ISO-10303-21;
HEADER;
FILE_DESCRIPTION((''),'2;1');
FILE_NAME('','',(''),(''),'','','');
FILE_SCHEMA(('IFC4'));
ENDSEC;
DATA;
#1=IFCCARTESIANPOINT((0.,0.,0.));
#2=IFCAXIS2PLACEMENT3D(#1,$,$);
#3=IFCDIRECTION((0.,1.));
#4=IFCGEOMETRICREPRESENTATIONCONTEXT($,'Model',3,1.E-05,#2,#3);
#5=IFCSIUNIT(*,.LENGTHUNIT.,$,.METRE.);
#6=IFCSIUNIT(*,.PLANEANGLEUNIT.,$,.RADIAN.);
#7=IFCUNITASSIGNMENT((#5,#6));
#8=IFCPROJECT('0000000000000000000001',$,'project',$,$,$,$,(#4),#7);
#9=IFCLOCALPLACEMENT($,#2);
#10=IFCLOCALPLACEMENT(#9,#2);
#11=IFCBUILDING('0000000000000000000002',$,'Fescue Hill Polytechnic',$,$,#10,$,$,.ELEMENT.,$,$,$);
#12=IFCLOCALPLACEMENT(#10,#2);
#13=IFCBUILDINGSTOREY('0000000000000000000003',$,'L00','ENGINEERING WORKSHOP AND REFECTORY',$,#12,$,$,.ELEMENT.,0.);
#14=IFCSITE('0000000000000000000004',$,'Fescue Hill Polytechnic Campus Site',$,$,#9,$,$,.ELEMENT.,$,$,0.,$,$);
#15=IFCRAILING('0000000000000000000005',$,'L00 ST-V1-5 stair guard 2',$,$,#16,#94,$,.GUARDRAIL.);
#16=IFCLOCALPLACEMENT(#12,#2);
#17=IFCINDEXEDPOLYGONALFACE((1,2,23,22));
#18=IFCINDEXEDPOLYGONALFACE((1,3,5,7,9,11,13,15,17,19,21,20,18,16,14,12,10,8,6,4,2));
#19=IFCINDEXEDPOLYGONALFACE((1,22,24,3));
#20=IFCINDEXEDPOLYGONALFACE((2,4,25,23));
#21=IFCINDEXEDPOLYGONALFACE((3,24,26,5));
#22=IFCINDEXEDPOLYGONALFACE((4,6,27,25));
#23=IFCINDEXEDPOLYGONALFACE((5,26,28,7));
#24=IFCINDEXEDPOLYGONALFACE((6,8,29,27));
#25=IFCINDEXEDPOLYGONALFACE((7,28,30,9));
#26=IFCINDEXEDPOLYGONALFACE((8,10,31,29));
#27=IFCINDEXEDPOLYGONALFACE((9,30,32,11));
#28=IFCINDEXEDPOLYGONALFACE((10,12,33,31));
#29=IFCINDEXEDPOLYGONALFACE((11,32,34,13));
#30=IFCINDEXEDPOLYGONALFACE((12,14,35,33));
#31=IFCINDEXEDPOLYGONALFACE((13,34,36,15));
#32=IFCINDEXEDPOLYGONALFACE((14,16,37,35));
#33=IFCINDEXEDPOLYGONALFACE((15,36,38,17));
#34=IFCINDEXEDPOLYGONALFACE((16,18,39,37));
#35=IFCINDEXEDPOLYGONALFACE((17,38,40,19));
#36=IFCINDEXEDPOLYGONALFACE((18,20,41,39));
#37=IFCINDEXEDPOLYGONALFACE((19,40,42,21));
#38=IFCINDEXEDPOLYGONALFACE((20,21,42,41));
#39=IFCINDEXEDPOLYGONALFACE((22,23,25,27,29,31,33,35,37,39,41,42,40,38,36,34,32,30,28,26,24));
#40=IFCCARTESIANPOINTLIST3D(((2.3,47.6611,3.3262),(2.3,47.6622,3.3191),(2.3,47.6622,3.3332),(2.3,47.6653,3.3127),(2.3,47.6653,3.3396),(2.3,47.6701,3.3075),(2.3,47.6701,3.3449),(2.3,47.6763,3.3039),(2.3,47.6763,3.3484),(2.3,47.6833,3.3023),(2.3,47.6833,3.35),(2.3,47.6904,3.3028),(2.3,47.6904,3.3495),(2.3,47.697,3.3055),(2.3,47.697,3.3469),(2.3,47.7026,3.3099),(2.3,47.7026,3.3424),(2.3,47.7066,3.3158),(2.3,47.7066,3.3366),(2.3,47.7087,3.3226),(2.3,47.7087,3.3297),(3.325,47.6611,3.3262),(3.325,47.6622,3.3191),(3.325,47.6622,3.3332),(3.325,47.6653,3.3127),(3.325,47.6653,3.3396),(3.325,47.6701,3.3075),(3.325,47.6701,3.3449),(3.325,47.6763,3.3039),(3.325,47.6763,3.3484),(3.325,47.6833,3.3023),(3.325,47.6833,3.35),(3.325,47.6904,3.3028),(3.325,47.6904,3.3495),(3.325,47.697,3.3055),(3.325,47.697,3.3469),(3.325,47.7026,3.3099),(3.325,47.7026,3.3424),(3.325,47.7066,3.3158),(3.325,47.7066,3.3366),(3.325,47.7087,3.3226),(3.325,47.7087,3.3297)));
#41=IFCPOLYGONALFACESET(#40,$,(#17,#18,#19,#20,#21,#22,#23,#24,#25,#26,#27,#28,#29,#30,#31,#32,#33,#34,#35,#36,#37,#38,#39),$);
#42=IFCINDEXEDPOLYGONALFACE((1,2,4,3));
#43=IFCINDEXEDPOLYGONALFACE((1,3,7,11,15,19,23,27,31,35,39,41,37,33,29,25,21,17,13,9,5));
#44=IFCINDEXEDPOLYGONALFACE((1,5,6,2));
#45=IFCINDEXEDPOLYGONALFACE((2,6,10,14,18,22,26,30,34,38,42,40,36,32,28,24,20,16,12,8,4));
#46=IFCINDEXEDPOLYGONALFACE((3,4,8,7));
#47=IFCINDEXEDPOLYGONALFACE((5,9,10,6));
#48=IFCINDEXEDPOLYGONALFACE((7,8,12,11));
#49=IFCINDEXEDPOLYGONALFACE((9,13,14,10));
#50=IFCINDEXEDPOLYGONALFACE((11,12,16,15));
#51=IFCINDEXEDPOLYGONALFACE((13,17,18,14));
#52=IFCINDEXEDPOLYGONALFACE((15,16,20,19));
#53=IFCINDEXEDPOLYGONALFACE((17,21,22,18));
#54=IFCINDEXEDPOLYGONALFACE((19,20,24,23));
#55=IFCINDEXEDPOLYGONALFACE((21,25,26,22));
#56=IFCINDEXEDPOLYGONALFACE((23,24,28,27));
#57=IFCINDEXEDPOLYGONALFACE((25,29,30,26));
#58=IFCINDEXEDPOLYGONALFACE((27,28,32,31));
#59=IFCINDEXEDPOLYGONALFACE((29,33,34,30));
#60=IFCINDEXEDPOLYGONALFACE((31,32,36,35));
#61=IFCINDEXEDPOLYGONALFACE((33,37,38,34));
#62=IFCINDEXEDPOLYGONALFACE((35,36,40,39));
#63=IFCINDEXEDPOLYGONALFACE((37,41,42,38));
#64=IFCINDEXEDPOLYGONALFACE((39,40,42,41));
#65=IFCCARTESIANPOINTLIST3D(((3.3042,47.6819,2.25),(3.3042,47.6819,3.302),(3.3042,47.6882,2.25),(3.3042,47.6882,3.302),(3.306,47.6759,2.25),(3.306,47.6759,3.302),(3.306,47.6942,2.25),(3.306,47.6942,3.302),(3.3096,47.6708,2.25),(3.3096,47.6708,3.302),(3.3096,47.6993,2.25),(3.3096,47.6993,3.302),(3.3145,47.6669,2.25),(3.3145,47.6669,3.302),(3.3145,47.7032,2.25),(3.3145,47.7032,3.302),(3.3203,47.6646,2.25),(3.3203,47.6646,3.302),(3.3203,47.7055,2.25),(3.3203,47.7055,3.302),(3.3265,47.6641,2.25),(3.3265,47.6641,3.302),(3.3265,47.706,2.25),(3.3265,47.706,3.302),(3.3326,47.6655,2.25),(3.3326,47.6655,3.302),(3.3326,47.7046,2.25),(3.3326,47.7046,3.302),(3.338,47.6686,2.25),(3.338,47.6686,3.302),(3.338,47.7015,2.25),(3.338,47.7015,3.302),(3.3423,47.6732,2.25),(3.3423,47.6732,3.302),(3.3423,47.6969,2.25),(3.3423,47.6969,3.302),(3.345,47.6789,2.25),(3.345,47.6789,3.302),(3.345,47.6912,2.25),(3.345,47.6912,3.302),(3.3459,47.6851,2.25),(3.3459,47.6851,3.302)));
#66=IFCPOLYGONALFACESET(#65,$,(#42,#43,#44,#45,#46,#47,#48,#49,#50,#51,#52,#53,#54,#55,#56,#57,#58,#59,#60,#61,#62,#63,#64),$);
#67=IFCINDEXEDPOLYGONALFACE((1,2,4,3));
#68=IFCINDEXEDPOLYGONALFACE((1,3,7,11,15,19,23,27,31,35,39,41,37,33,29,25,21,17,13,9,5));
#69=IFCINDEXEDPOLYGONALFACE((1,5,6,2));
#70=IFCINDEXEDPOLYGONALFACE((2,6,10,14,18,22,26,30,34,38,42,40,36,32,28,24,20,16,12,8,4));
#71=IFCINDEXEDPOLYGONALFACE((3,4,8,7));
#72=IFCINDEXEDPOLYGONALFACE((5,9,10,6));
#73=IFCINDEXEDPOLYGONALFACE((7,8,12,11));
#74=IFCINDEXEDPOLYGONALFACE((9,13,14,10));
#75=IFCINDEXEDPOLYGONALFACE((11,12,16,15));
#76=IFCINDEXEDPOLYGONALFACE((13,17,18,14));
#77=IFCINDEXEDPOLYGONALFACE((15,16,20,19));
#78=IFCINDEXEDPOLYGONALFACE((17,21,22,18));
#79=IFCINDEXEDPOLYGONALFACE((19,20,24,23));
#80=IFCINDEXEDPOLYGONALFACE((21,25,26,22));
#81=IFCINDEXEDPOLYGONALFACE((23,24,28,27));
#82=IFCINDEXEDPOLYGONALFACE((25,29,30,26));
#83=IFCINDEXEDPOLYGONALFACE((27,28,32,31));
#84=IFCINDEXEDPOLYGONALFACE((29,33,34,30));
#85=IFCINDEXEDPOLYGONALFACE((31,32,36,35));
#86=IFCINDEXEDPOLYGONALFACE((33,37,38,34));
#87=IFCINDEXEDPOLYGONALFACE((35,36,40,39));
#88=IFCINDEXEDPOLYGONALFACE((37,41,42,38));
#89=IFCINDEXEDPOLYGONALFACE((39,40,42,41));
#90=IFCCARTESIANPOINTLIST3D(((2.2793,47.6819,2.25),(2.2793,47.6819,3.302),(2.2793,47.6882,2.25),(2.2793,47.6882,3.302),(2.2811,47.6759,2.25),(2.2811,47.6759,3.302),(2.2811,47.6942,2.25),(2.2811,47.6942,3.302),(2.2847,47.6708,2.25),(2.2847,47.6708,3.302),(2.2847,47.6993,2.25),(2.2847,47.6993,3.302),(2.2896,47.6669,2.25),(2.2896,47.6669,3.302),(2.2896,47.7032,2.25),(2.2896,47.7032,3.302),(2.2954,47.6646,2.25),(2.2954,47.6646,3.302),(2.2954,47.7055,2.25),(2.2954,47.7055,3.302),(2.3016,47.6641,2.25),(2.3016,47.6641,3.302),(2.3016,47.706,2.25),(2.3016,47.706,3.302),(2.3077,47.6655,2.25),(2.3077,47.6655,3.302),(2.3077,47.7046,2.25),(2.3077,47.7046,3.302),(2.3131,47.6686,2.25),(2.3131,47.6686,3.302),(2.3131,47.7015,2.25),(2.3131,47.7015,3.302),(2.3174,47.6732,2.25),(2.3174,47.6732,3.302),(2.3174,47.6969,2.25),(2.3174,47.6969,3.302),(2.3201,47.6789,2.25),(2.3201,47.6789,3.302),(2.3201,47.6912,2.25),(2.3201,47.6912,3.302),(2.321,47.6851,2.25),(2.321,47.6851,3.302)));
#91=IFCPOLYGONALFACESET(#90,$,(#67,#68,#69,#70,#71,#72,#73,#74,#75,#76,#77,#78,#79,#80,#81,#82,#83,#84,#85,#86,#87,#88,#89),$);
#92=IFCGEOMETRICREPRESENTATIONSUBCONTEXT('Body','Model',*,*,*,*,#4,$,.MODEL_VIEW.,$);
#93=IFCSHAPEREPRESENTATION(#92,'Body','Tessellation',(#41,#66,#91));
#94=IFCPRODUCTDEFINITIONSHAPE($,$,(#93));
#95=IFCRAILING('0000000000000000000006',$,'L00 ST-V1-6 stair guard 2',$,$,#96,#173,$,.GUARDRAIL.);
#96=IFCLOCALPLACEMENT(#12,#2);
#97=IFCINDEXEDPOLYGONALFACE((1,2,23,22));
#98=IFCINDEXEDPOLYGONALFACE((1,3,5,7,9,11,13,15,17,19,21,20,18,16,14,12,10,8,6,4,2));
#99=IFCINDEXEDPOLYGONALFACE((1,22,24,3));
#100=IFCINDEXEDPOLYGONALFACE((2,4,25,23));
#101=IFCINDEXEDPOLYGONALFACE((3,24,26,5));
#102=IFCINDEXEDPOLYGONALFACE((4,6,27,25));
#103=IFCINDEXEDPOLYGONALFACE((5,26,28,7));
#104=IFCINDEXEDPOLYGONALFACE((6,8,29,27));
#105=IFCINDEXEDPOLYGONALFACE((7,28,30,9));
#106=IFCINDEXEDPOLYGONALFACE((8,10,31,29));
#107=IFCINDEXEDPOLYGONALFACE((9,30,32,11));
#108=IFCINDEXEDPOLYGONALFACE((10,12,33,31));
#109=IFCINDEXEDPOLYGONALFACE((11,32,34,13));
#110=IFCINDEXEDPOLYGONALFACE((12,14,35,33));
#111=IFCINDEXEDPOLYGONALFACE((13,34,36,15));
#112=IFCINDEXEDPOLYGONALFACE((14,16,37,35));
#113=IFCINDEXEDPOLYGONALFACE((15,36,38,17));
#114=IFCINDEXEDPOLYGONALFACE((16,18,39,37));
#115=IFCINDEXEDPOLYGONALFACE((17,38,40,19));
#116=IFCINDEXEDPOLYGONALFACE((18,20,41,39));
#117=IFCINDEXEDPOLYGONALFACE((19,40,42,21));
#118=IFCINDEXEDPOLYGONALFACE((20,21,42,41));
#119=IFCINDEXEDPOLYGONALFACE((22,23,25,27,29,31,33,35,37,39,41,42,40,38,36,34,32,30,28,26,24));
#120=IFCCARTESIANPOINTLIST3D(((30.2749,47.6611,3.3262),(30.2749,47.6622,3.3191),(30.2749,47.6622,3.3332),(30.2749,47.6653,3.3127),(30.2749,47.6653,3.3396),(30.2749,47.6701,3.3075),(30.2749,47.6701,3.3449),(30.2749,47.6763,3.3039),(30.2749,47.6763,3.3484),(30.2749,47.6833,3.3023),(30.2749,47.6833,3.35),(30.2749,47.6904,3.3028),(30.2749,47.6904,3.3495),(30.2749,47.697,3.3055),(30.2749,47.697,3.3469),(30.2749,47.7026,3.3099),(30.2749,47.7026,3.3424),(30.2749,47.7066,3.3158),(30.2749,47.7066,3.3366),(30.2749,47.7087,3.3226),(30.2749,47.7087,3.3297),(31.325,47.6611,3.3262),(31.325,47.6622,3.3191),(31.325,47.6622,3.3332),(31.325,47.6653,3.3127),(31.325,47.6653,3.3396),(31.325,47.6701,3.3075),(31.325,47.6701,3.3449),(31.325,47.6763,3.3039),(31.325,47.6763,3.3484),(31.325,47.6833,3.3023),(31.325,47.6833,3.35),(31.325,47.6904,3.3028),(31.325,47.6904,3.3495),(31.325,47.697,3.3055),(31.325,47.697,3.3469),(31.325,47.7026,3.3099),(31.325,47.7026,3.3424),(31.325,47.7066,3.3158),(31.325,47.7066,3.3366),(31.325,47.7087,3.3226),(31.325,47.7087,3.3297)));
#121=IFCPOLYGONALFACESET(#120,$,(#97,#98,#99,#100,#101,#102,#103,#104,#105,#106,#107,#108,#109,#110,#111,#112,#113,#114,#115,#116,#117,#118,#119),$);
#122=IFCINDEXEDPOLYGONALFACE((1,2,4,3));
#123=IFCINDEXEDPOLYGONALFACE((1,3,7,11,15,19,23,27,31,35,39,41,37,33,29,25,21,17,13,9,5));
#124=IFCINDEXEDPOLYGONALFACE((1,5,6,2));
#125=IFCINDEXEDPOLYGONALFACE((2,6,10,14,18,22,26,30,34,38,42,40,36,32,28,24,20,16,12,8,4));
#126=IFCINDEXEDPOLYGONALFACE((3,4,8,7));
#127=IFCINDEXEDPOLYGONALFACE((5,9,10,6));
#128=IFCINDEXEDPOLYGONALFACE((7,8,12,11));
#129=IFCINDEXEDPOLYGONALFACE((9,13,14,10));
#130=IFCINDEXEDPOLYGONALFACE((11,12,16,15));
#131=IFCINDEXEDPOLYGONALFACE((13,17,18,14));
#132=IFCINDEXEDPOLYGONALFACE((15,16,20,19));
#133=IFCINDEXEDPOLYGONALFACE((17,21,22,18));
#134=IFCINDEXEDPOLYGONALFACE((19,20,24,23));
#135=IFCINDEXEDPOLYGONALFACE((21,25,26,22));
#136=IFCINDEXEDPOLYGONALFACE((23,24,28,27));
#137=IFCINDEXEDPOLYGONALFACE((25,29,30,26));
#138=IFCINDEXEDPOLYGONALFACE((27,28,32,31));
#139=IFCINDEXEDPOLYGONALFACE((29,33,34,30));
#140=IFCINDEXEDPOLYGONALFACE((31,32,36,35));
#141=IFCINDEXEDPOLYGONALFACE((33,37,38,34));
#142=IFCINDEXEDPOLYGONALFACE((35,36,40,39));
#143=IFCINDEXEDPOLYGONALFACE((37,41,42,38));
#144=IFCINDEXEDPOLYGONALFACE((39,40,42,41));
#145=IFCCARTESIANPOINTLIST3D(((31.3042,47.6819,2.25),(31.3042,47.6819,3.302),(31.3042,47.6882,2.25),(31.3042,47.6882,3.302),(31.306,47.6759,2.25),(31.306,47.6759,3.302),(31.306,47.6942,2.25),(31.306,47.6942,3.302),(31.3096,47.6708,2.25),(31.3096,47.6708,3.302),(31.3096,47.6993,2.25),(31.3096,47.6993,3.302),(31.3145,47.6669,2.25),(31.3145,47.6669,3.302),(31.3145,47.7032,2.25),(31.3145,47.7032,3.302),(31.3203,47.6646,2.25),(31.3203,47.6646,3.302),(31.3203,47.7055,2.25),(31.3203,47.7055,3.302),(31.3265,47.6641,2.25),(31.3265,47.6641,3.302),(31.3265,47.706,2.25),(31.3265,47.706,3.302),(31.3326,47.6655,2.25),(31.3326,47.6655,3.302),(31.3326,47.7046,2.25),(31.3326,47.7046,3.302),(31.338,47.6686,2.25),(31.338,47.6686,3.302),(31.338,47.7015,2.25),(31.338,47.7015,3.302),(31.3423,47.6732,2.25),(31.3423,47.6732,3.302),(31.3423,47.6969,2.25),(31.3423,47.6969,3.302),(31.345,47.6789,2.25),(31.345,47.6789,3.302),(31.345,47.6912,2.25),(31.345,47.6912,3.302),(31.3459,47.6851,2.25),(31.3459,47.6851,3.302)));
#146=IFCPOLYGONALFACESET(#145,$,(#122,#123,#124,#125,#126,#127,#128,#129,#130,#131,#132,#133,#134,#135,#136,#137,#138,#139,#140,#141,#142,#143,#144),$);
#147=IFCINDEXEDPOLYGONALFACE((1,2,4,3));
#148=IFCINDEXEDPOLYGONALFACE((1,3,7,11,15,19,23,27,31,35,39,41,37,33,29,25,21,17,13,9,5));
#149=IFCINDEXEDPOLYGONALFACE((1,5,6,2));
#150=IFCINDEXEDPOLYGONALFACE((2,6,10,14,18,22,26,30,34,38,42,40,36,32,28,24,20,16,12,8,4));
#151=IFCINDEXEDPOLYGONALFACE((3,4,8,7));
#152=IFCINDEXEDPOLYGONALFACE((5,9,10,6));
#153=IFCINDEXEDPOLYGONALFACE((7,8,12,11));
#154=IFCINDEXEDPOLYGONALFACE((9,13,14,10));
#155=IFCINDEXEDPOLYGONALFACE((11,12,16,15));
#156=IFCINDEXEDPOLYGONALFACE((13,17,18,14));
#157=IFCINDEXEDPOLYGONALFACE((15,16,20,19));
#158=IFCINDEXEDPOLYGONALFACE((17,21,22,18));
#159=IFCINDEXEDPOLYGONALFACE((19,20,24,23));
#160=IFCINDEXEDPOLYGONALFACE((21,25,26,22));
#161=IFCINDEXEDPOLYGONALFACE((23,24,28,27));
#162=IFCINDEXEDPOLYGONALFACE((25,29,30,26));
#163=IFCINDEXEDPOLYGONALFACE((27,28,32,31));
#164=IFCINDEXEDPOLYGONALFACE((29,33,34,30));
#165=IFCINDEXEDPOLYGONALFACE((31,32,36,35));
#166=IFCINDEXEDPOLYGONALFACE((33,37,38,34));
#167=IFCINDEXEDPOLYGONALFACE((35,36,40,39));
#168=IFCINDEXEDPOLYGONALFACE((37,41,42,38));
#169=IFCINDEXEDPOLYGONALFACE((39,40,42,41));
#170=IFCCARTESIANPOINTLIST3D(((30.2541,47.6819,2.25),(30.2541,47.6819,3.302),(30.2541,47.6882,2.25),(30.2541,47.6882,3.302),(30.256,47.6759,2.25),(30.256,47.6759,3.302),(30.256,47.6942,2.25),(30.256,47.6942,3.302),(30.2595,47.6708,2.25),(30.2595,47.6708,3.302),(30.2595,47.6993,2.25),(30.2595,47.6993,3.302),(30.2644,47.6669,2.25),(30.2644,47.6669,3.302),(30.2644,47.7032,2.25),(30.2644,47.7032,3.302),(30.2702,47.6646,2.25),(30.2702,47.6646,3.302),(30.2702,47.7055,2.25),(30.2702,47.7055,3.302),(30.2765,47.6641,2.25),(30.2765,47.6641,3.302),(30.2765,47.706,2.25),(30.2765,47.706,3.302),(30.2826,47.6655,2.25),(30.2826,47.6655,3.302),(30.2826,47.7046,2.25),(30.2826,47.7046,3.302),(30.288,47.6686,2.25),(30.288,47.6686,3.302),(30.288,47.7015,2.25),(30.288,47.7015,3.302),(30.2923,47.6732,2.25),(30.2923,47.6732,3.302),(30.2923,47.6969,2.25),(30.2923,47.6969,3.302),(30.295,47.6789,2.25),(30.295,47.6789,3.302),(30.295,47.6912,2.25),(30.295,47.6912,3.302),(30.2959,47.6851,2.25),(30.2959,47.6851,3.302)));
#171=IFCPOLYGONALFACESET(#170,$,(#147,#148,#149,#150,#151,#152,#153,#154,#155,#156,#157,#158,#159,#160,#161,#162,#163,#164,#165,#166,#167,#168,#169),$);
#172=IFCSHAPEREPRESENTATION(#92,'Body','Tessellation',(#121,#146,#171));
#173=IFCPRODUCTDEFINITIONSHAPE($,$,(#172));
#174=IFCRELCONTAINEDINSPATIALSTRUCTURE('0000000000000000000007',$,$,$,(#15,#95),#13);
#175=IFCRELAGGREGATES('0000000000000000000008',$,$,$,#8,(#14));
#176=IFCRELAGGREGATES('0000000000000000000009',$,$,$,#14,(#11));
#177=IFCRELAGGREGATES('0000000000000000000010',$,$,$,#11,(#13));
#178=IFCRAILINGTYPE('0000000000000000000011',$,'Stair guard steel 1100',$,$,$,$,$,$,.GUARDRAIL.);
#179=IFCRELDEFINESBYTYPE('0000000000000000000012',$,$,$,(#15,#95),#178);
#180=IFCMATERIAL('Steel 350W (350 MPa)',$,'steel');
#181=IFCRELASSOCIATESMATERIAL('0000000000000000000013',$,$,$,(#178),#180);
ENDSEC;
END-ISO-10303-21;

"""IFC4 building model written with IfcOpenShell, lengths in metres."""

from ifc_helpers import new_model, si_unit, direction, frame, origin, origin_2d, place, context, subcontext, project, spatial, circle, extrude, material, type_object, element, save


model = new_model("IFC4")

# Units and contexts
model_context = context("Model", 3, precision=1e-05, world=origin(), true_north=direction((0.0, 1.0)))
body_context = subcontext(model_context, "Body", "Model", "MODEL_VIEW")
ifc_project = project(units=[si_unit("LENGTHUNIT", "METRE"), si_unit("PLANEANGLEUNIT", "RADIAN")], contexts=[model_context])

# Site, building, storey
site_placement = place(None, origin())
site = spatial("IfcSite", under=ifc_project, at=site_placement, Name="Fescue Hill Polytechnic Campus Site", CompositionType="ELEMENT", RefElevation=0.0)
building_placement = place(site_placement, origin())
building = spatial("IfcBuilding", under=site, at=building_placement, Name="Fescue Hill Polytechnic", CompositionType="ELEMENT")
storey_placement = place(building_placement, origin())
storey = spatial("IfcBuildingStorey", under=building, at=storey_placement, Name="L00", Description="ENGINEERING WORKSHOP AND REFECTORY", CompositionType="ELEMENT", Elevation=0.0)

# Railings
ifc_material_1 = material(Name="Steel 350W (350 MPa)", Category="steel")
railing_type_1 = type_object("IfcRailingType", Name="Stair guard steel 1100", PredefinedType="GUARDRAIL", material=ifc_material_1)
railing_1_placement = place(storey_placement, frame((3.325, 47.6851, 2.25)))
element("IfcRailing", 1, at=railing_1_placement, inside=storey, type_object=railing_type_1, Name="L00 ST-V1-5 stair guard 2", PredefinedType="GUARDRAIL", context=body_context, shape_type="SweptSolid", body=[
    extrude(circle(Radius=0.0239, at=origin_2d()), frame((0.0, 0.0, 1.0762), z_axis=(-1.0, 0.0, 0.0), x_axis=(0.0, -1.0, 0.0)), (0.0, 0.0, 1.0), 1.0249),
    extrude(circle(Radius=0.021, at=origin_2d()), origin(), (0.0, 0.0, 1.0), 1.052),
    extrude(circle(Radius=0.021, at=origin_2d()), frame((-1.0249, 0.0, 0.0)), (0.0, 0.0, 1.0), 1.052),
])
railing_2_placement = place(storey_placement, frame((31.325, 47.6851, 2.25)))
element("IfcRailing", 2, at=railing_2_placement, inside=storey, type_object=railing_type_1, Name="L00 ST-V1-6 stair guard 2", PredefinedType="GUARDRAIL", context=body_context, shape_type="SweptSolid", body=[
    extrude(circle(Radius=0.0239, at=origin_2d()), frame((0.0, 0.0, 1.0762), z_axis=(-1.0, 0.0, 0.0), x_axis=(0.0, -1.0, 0.0)), (0.0, 0.0, 1.0), 1.05),
    extrude(circle(Radius=0.021, at=origin_2d()), origin(), (0.0, 0.0, 1.0), 1.052),
    extrude(circle(Radius=0.021, at=origin_2d()), frame((-1.05, 0.0, 0.0)), (0.0, 0.0, 1.0), 1.052),
])

save(model, "model.ifc")
